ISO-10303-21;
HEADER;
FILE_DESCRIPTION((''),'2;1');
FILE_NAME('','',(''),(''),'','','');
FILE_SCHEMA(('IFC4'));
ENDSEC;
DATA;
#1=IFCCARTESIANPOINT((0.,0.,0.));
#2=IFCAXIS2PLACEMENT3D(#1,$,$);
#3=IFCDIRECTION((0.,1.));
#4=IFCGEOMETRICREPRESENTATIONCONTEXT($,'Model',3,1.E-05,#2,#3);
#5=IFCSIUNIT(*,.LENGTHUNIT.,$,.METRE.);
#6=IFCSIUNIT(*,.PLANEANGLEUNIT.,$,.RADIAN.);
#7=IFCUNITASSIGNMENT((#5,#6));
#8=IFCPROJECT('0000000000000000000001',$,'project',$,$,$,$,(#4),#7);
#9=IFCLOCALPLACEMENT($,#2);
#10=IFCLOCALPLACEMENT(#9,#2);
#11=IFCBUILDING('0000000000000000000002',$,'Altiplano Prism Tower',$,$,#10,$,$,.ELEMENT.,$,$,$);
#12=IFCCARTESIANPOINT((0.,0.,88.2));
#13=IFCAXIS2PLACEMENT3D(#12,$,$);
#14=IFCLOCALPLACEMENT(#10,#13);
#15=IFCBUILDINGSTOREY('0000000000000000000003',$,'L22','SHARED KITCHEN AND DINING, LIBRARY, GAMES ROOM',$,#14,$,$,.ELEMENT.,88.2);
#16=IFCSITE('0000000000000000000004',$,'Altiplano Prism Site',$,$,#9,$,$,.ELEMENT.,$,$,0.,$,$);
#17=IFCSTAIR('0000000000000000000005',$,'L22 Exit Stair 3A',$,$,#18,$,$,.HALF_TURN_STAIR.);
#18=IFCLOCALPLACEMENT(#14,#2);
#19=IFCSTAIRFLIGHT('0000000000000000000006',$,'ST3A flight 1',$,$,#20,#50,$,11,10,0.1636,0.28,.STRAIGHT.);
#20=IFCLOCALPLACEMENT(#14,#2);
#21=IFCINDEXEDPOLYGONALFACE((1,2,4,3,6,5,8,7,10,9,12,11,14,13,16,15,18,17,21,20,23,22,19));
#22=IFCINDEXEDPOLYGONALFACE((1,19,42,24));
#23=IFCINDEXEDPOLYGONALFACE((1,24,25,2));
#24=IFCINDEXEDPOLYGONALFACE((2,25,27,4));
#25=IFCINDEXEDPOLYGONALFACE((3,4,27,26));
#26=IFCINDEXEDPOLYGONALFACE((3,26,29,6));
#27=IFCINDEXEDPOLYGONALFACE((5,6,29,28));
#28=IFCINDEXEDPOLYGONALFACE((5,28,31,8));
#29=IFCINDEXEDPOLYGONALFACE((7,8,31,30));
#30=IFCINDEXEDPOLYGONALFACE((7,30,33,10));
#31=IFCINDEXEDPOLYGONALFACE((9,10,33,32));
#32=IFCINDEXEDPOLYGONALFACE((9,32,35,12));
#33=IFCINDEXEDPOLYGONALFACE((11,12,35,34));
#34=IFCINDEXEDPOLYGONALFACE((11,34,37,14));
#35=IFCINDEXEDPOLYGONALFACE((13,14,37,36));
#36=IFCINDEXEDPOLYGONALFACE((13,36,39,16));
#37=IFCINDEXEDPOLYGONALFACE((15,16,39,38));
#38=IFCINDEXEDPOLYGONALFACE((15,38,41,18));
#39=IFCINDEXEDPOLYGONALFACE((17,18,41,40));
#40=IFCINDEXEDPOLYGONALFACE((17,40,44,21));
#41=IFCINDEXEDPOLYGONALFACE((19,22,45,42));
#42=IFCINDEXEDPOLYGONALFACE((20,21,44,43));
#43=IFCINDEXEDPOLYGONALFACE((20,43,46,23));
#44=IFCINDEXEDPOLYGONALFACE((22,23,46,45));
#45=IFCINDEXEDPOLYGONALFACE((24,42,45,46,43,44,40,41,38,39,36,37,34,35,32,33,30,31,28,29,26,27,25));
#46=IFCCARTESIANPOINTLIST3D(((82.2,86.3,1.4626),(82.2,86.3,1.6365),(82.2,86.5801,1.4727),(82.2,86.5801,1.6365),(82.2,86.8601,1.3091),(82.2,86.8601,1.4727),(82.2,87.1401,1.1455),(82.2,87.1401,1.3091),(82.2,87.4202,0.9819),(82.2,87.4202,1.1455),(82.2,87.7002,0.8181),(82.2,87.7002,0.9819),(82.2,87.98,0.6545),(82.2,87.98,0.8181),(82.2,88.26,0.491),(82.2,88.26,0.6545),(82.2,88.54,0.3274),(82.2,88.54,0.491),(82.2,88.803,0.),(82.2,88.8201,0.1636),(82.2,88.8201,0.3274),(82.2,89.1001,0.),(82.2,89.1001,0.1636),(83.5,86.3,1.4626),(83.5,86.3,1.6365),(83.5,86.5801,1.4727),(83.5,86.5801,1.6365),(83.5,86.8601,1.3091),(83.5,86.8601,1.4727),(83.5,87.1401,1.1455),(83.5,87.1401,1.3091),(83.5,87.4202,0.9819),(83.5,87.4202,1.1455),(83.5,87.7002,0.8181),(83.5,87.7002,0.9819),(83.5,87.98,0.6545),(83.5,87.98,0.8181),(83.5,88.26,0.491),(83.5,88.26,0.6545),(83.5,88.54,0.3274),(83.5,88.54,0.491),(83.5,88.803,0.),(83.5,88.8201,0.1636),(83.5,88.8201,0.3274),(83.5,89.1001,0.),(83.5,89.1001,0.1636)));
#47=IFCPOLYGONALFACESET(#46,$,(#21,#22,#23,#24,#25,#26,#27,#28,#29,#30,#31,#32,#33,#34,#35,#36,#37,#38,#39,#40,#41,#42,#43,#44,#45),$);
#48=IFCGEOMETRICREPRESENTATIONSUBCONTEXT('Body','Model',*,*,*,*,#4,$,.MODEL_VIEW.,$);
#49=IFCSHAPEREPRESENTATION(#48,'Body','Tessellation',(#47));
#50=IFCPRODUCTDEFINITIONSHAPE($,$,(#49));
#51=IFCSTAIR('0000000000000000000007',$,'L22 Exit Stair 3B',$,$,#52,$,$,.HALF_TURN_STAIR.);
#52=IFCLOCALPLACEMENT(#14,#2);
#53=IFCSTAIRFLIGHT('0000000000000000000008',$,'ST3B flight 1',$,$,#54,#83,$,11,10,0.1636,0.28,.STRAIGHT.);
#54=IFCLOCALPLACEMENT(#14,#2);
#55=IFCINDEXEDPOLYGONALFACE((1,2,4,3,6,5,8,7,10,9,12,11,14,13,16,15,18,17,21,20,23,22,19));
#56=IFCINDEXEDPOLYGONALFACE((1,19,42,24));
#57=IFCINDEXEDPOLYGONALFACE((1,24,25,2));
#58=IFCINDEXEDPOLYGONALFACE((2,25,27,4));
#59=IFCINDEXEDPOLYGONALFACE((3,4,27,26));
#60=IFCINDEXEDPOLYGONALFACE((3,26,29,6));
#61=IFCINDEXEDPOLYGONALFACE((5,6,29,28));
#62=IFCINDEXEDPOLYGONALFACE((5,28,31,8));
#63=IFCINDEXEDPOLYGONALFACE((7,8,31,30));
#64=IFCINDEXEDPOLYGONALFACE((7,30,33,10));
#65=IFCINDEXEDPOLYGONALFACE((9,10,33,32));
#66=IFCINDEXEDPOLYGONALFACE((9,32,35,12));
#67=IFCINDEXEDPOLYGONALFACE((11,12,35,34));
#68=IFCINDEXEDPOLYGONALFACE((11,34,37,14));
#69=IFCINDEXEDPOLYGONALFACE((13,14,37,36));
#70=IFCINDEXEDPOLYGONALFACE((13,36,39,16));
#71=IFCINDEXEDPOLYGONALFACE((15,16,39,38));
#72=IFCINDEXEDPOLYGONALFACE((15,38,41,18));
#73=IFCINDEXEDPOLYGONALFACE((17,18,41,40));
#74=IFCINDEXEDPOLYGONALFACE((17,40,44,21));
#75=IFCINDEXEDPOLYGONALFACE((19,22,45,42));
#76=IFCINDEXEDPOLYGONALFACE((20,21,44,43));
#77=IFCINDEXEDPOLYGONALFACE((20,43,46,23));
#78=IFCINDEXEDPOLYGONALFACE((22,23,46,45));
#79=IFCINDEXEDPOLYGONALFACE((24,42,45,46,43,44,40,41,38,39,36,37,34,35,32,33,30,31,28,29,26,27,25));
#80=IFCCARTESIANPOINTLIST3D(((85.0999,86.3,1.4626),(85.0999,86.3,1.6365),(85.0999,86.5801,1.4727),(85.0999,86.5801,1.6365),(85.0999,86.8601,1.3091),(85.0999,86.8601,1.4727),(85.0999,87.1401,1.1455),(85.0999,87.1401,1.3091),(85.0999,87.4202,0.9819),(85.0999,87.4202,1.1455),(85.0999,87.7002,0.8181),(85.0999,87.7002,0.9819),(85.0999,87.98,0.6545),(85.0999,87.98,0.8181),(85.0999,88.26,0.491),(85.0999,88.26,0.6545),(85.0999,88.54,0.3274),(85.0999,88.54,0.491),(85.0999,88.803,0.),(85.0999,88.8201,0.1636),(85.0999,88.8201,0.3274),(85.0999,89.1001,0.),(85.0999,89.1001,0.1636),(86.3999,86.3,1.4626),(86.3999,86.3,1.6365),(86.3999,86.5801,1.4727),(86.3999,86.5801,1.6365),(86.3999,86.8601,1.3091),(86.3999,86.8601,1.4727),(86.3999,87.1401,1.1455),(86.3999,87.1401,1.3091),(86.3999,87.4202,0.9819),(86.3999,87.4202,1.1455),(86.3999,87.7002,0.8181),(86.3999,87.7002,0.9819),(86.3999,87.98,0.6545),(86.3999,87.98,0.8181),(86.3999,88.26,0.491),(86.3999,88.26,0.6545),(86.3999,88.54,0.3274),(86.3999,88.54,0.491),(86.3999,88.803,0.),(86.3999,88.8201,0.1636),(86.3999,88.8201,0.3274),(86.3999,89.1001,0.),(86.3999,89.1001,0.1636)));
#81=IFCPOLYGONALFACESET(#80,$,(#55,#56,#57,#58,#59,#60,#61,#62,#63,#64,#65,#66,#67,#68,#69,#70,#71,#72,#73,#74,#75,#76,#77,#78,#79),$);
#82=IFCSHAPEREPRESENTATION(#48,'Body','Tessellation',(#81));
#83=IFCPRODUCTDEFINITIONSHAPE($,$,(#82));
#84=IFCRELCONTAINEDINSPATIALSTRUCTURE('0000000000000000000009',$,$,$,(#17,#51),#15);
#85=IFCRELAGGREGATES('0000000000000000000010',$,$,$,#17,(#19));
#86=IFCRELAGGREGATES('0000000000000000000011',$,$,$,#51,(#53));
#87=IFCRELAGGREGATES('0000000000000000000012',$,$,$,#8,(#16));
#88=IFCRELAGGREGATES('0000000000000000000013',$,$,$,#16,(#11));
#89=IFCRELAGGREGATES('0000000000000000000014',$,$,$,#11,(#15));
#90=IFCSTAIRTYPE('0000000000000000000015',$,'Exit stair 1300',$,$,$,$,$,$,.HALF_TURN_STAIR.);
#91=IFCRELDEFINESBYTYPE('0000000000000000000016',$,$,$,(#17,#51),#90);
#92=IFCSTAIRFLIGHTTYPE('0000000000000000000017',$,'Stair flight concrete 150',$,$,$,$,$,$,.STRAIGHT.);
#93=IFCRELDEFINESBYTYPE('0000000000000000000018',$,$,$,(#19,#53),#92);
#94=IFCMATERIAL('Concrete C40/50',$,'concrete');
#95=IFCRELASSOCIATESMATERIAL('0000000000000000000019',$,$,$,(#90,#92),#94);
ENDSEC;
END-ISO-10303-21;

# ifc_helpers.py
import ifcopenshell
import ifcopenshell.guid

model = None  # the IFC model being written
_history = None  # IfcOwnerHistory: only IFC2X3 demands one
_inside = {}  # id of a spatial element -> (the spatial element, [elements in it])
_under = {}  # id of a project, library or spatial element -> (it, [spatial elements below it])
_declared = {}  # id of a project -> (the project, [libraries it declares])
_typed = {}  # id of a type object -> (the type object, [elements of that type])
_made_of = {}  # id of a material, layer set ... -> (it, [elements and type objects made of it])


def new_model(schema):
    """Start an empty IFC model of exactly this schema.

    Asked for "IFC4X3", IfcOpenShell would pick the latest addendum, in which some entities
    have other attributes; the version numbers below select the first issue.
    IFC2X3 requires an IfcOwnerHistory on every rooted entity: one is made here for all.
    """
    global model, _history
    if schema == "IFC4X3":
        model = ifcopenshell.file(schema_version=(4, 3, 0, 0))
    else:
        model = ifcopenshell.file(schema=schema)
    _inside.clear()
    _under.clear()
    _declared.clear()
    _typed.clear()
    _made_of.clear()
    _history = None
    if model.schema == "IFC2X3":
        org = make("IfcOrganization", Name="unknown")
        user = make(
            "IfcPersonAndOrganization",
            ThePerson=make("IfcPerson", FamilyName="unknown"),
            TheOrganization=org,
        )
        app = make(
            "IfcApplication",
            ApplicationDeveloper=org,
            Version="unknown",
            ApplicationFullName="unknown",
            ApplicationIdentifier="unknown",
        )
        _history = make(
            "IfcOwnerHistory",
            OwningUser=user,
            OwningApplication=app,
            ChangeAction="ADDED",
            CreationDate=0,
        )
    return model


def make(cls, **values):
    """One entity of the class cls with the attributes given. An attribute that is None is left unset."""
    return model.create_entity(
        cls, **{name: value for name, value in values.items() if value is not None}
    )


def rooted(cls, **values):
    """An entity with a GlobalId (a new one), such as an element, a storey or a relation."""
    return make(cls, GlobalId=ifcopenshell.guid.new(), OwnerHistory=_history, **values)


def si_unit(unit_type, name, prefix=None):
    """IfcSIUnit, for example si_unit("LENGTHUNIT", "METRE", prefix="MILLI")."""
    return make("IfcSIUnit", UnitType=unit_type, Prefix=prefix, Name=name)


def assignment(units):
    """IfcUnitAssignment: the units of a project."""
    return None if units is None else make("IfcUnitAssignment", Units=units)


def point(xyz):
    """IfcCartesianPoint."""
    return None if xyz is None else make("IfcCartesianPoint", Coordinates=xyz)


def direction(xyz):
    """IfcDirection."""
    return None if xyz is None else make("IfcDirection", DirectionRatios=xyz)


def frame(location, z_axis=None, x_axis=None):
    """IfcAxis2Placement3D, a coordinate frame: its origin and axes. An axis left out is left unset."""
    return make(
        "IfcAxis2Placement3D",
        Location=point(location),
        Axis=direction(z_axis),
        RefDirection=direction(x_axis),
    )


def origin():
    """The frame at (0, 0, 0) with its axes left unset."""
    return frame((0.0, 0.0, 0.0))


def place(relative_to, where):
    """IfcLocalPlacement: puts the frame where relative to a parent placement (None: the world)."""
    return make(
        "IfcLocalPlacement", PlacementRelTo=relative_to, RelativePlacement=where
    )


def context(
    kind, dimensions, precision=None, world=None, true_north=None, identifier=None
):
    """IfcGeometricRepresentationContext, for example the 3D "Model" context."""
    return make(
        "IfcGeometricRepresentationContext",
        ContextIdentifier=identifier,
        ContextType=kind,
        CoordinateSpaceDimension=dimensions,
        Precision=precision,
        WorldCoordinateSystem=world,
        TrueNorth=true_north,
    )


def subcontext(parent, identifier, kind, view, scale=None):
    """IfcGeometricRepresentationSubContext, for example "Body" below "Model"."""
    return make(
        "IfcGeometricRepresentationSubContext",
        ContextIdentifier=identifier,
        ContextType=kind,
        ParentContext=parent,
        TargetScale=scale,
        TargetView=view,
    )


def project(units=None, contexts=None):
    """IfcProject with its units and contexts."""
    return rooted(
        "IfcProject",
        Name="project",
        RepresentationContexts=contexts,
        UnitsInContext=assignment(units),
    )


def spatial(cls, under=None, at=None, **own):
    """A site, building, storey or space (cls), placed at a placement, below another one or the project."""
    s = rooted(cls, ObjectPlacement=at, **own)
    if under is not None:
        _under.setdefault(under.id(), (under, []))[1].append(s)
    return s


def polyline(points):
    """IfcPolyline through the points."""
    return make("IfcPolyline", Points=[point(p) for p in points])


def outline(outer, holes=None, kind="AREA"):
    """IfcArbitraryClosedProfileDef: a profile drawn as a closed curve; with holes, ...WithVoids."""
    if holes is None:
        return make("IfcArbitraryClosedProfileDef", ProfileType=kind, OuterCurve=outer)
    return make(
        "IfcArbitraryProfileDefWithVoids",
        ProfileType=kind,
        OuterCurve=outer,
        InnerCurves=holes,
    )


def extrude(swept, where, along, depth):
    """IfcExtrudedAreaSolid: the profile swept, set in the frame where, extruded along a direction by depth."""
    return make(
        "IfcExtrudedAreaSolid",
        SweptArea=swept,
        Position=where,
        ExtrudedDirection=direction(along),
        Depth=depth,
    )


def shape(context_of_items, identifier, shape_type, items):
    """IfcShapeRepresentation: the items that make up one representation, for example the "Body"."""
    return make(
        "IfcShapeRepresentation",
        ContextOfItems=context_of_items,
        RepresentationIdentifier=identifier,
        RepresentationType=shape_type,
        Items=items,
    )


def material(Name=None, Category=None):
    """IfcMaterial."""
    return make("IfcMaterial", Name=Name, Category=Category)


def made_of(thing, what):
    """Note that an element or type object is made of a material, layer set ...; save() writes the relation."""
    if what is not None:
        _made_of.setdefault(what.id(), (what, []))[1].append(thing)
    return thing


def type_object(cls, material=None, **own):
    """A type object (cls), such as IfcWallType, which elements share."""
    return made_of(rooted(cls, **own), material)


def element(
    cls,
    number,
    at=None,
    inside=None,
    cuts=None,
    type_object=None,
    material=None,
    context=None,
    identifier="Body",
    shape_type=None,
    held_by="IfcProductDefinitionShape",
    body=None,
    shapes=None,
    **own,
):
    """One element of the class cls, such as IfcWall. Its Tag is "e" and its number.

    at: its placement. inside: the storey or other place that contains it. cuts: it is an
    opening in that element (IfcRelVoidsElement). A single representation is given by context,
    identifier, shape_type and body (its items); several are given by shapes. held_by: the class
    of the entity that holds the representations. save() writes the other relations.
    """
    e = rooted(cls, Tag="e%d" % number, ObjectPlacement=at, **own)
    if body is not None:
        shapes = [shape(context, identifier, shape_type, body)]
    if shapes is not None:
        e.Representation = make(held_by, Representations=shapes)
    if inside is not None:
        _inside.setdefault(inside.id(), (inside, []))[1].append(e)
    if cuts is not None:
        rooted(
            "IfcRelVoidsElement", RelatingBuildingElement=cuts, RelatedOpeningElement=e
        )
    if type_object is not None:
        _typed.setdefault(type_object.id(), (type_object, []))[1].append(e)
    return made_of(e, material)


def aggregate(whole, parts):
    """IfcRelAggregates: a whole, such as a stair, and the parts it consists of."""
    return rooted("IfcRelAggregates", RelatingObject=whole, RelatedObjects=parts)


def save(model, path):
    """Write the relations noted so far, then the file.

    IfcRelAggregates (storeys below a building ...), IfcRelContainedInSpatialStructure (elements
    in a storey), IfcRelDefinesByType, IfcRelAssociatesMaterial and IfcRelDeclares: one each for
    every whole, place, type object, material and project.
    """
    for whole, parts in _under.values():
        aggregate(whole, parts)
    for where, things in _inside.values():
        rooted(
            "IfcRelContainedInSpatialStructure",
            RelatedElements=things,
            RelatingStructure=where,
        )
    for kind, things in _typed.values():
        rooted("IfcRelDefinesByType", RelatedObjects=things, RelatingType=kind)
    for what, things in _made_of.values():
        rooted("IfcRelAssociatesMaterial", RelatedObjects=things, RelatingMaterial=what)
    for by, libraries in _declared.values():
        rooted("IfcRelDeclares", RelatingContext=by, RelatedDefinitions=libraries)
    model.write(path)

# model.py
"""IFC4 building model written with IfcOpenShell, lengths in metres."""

from ifc_helpers import new_model, si_unit, direction, frame, origin, place, context, subcontext, project, spatial, polyline, outline, extrude, material, type_object, element, aggregate, save


model = new_model("IFC4")

# Units and contexts
model_context = context("Model", 3, precision=1e-05, world=origin(), true_north=direction((0.0, 1.0)))
body_context = subcontext(model_context, "Body", "Model", "MODEL_VIEW")
ifc_project = project(units=[si_unit("LENGTHUNIT", "METRE"), si_unit("PLANEANGLEUNIT", "RADIAN")], contexts=[model_context])

# Site, building, storey
site_placement = place(None, origin())
site = spatial("IfcSite", under=ifc_project, at=site_placement, Name="Altiplano Prism Site", CompositionType="ELEMENT", RefElevation=0.0)
building_placement = place(site_placement, origin())
building = spatial("IfcBuilding", under=site, at=building_placement, Name="Altiplano Prism Tower", CompositionType="ELEMENT")
storey_placement = place(building_placement, frame((0.0, 0.0, 88.2)))
storey = spatial("IfcBuildingStorey", under=building, at=storey_placement, Name="L22", Description="SHARED KITCHEN AND DINING, LIBRARY, GAMES ROOM", CompositionType="ELEMENT", Elevation=88.2)

# Stairs, stair flights
ifc_material_1 = material(Name="Concrete C40/50", Category="concrete")
stair_type = type_object("IfcStairType", Name="Exit stair 1300", PredefinedType="HALF_TURN_STAIR", material=ifc_material_1)
stair_1_placement = place(storey_placement, origin())
stair_1 = element("IfcStair", 1, at=stair_1_placement, inside=storey, type_object=stair_type, Name="L22 Exit Stair 3A", PredefinedType="HALF_TURN_STAIR")
stair_flight_type = type_object("IfcStairFlightType", Name="Stair flight concrete 150", PredefinedType="STRAIGHT", material=ifc_material_1)
stair_flight_1_placement = place(storey_placement, frame((82.8501, 89.1001, 0.0), z_axis=(0.0, 0.0, 1.0), x_axis=(0.0, -1.0, 0.0)))
stair_flight_1 = element("IfcStairFlight", 2, at=stair_flight_1_placement, type_object=stair_flight_type, Name="ST3A flight 1", NumberOfRisers=11, NumberOfTreads=10, PredefinedType="STRAIGHT", RiserHeight=0.1636, TreadLength=0.28, context=body_context, shape_type="SweptSolid", body=[
    extrude(outline(polyline([(0.0, 0.0), (0.0, 0.1636), (0.28, 0.1636), (0.28, 0.3274), (0.5601, 0.3274), (0.5601, 0.491), (0.8401, 0.491), (0.8401, 0.6545), (1.1201, 0.6545), (1.1201, 0.8181), (1.3999, 0.8181), (1.3999, 0.9819), (1.6799, 0.9819), (1.6799, 1.1455), (1.96, 1.1455), (1.96, 1.3091), (2.24, 1.3091), (2.24, 1.4727), (2.52, 1.4727), (2.52, 1.6365), (2.8, 1.6365), (2.8, 1.8), (2.8, 1.4626), (0.2971, 0.0), (0.0, 0.0)])), frame((0.0, 0.6499, 0.0), z_axis=(0.0, -1.0, 0.0), x_axis=(1.0, 0.0, 0.0)), (0.0, 0.0, 1.0), 1.3),
])
aggregate(stair_1, [stair_flight_1])
stair_2_placement = place(storey_placement, origin())
stair_2 = element("IfcStair", 3, at=stair_2_placement, inside=storey, type_object=stair_type, Name="L22 Exit Stair 3B", PredefinedType="HALF_TURN_STAIR")
stair_flight_2_placement = place(storey_placement, frame((85.75, 89.1001, 0.0), z_axis=(0.0, 0.0, 1.0), x_axis=(0.0, -1.0, 0.0)))
stair_flight_2 = element("IfcStairFlight", 4, at=stair_flight_2_placement, type_object=stair_flight_type, Name="ST3B flight 1", NumberOfRisers=11, NumberOfTreads=10, PredefinedType="STRAIGHT", RiserHeight=0.1636, TreadLength=0.28, context=body_context, shape_type="SweptSolid", body=[
    extrude(outline(polyline([(0.0, 0.0), (0.0, 0.1636), (0.28, 0.1636), (0.28, 0.3274), (0.5601, 0.3274), (0.5601, 0.491), (0.8401, 0.491), (0.8401, 0.6545), (1.1201, 0.6545), (1.1201, 0.8181), (1.3999, 0.8181), (1.3999, 0.9819), (1.6799, 0.9819), (1.6799, 1.1455), (1.96, 1.1455), (1.96, 1.3091), (2.24, 1.3091), (2.24, 1.4727), (2.52, 1.4727), (2.52, 1.6365), (2.8, 1.6365), (2.8, 1.8), (2.8, 1.4626), (0.2971, 0.0), (0.0, 0.0)])), frame((0.0, 0.6499, 0.0), z_axis=(0.0, -1.0, 0.0), x_axis=(1.0, 0.0, 0.0)), (0.0, 0.0, 1.0), 1.3),
])
aggregate(stair_2, [stair_flight_2])

save(model, "model.ifc")
